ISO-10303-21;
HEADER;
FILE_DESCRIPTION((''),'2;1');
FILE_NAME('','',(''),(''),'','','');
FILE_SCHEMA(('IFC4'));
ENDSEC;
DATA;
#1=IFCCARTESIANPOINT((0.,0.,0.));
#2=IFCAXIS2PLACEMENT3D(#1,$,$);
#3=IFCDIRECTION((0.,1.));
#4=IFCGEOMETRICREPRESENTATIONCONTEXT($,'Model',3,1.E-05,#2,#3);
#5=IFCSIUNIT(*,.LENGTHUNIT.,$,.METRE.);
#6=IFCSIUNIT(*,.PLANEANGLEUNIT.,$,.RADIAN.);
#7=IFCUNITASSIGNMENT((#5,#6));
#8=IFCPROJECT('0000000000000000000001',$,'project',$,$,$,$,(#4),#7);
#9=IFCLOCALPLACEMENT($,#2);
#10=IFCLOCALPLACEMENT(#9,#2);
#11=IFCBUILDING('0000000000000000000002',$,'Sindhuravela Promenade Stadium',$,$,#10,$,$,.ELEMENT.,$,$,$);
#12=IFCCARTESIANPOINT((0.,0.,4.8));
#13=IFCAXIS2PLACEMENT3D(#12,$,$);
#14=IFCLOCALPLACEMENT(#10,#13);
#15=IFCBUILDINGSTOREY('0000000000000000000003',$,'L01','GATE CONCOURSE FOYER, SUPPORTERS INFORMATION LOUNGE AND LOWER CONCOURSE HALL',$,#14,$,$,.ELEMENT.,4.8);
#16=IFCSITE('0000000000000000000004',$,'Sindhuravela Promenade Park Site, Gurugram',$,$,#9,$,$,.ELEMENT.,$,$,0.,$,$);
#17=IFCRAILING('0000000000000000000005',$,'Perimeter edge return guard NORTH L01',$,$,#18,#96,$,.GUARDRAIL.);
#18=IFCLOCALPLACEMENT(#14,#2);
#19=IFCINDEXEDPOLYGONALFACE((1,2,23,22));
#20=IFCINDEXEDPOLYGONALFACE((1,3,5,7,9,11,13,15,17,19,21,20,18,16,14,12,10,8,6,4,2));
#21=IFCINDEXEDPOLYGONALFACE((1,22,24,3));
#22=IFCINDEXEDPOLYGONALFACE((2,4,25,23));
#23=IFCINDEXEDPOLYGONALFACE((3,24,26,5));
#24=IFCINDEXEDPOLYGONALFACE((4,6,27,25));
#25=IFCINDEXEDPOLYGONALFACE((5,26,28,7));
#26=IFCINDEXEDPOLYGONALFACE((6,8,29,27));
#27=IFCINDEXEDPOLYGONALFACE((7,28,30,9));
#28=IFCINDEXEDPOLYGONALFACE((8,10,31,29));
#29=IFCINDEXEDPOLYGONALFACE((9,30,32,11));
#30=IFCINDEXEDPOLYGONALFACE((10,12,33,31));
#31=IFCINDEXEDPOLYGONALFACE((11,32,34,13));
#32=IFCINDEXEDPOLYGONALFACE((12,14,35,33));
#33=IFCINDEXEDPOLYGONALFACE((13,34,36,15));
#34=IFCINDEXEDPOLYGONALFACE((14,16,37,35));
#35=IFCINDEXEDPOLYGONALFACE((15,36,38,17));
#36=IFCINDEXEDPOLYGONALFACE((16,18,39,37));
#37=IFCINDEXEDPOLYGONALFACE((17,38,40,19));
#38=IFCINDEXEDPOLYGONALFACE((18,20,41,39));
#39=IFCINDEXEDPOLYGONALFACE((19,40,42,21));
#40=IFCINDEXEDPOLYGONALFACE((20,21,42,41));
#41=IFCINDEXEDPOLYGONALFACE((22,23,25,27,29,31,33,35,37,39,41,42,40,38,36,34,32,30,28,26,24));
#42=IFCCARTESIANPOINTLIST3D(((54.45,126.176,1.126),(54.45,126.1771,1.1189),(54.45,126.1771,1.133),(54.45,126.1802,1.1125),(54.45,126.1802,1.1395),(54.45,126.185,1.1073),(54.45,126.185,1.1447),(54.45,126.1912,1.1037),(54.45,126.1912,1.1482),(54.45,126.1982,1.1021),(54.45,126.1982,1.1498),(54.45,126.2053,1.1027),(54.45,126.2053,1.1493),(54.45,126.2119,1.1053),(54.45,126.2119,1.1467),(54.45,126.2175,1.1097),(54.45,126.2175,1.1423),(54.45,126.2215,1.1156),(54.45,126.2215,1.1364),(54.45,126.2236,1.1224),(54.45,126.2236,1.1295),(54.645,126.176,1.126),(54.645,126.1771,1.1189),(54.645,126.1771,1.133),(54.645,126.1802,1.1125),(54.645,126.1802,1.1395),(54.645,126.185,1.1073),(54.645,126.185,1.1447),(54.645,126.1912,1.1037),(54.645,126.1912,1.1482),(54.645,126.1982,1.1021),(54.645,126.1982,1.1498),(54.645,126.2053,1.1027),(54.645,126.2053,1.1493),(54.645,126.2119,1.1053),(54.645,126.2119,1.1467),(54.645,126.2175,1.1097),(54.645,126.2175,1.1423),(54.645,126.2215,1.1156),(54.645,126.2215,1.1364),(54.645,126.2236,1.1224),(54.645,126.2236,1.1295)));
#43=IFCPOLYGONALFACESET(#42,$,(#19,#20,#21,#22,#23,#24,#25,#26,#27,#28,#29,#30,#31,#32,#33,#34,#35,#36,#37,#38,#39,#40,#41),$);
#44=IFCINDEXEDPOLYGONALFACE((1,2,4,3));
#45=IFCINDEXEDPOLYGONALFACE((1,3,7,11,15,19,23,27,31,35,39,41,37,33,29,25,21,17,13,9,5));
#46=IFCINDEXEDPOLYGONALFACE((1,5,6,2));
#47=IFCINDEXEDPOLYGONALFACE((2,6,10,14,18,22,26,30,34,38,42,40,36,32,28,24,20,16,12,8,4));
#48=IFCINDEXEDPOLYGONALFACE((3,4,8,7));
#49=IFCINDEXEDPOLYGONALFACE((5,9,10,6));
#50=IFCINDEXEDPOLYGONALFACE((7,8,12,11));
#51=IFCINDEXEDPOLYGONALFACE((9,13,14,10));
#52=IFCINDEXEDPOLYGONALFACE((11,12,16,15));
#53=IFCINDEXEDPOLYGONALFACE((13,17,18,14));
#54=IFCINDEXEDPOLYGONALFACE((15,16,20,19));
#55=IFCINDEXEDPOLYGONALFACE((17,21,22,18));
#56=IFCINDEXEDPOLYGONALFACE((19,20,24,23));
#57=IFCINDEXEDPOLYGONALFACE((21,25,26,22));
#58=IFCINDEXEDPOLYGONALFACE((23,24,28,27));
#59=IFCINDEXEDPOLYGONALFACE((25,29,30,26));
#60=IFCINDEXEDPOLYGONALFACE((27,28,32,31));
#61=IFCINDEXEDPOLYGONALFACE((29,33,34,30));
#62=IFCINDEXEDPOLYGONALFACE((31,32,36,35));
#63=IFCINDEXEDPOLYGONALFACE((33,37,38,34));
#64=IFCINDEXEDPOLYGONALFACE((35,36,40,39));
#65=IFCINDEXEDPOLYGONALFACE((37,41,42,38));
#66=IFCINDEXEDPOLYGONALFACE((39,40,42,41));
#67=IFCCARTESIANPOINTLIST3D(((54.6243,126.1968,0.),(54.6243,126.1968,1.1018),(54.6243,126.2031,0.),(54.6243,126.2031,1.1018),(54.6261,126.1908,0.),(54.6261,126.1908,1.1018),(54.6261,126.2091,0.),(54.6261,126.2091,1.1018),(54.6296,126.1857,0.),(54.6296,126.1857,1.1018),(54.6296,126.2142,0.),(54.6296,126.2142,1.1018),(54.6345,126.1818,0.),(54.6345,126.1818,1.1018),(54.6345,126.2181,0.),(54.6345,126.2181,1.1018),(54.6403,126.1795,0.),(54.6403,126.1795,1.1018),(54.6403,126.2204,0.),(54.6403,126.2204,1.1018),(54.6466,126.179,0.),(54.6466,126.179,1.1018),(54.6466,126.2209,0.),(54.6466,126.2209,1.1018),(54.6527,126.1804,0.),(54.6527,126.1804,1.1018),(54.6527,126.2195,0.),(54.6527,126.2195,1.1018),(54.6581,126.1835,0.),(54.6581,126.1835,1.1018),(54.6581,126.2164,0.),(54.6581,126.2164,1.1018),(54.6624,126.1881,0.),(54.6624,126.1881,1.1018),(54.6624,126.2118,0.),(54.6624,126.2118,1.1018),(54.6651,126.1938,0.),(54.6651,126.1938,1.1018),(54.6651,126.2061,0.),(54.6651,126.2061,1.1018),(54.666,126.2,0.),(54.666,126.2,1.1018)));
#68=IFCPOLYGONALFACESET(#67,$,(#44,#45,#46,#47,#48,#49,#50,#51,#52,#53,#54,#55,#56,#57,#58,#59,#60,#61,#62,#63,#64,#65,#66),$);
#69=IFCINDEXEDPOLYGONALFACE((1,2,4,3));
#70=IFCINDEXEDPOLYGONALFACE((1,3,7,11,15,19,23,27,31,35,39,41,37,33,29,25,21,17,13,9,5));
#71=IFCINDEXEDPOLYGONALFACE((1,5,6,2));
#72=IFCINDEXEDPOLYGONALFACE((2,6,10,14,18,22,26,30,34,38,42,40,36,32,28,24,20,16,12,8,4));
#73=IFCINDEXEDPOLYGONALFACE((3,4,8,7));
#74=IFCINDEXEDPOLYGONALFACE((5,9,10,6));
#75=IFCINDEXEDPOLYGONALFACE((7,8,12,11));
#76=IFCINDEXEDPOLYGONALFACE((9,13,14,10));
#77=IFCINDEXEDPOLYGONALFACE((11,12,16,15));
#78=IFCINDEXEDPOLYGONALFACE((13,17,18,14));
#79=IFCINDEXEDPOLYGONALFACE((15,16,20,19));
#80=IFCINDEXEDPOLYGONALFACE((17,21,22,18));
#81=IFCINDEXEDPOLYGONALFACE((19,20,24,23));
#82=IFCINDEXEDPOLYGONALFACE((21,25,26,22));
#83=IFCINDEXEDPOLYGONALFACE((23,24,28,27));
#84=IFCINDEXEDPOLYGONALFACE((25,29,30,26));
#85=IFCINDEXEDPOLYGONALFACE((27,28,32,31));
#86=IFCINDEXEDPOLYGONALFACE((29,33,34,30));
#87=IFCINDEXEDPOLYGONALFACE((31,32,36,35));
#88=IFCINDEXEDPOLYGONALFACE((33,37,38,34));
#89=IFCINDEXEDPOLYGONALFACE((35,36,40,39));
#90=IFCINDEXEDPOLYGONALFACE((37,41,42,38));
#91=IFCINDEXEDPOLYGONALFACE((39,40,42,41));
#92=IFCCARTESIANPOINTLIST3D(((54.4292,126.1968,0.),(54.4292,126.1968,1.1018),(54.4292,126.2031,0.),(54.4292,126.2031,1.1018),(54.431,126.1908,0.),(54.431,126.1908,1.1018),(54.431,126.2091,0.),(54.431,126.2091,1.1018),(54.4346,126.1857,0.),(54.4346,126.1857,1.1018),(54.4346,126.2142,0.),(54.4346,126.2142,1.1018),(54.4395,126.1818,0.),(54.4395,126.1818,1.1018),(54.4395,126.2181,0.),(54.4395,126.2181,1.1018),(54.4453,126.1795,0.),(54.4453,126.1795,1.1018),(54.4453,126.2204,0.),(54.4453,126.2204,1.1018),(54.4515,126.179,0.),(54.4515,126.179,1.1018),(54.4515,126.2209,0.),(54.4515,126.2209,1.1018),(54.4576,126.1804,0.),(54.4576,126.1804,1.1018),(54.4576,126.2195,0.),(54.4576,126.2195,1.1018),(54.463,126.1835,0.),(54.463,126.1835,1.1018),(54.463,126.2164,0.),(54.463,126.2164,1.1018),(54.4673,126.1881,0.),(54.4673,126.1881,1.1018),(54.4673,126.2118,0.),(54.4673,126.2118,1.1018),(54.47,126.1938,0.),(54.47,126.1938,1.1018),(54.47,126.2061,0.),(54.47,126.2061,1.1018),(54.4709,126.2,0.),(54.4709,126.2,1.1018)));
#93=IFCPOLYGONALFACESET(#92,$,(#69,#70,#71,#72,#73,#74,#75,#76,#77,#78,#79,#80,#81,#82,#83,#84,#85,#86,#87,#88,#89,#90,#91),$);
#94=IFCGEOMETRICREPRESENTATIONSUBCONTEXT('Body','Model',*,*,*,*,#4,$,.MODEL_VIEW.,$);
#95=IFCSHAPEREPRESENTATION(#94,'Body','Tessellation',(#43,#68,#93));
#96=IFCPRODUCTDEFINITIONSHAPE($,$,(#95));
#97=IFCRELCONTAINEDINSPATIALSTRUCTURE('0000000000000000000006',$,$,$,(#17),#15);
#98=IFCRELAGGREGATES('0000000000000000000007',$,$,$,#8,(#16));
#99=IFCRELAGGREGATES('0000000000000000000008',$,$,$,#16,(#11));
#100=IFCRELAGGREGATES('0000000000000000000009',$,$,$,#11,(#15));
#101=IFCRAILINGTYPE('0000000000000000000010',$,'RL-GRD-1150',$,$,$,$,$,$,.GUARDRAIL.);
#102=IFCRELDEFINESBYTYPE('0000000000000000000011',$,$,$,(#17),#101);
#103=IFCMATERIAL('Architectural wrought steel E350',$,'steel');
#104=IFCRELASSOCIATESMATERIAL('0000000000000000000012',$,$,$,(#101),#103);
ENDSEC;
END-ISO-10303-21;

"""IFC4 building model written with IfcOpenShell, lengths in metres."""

from ifc_helpers import new_model, si_unit, direction, frame, origin, origin_2d, place, context, subcontext, project, spatial, circle, extrude, material, type_object, element, save


model = new_model("IFC4")

# Units and contexts
model_context = context("Model", 3, precision=1e-05, world=origin(), true_north=direction((0.0, 1.0)))
body_context = subcontext(model_context, "Body", "Model", "MODEL_VIEW")
ifc_project = project(units=[si_unit("LENGTHUNIT", "METRE"), si_unit("PLANEANGLEUNIT", "RADIAN")], contexts=[model_context])

# Site, building, storey
site_placement = place(None, origin())
site = spatial("IfcSite", under=ifc_project, at=site_placement, Name="Sindhuravela Promenade Park Site, Gurugram", CompositionType="ELEMENT", RefElevation=0.0)
building_placement = place(site_placement, origin())
building = spatial("IfcBuilding", under=site, at=building_placement, Name="Sindhuravela Promenade Stadium", CompositionType="ELEMENT")
storey_placement = place(building_placement, frame((0.0, 0.0, 4.8)))
storey = spatial("IfcBuildingStorey", under=building, at=storey_placement, Name="L01", Description="GATE CONCOURSE FOYER, SUPPORTERS INFORMATION LOUNGE AND LOWER CONCOURSE HALL", CompositionType="ELEMENT", Elevation=4.8)

# Railing
ifc_material_1 = material(Name="Architectural wrought steel E350", Category="steel")
railing_type = type_object("IfcRailingType", Name="RL-GRD-1150", PredefinedType="GUARDRAIL", material=ifc_material_1)
railing_placement = place(storey_placement, frame((54.645, 126.2, 0.0)))
element("IfcRailing", 1, at=railing_placement, inside=storey, type_object=railing_type, Name="Perimeter edge return guard NORTH L01", PredefinedType="GUARDRAIL", context=body_context, shape_type="SweptSolid", body=[
    extrude(circle(Radius=0.0239, at=origin_2d()), frame((0.0, 0.0, 1.126), z_axis=(-1.0, 0.0, 0.0), x_axis=(0.0, -1.0, 0.0)), (0.0, 0.0, 1.0), 0.1951),
    extrude(circle(Radius=0.021, at=origin_2d()), origin(), (0.0, 0.0, 1.0), 1.1018),
    extrude(circle(Radius=0.021, at=origin_2d()), frame((-0.1951, 0.0, 0.0)), (0.0, 0.0, 1.0), 1.1018),
])

save(model, "model.ifc")
